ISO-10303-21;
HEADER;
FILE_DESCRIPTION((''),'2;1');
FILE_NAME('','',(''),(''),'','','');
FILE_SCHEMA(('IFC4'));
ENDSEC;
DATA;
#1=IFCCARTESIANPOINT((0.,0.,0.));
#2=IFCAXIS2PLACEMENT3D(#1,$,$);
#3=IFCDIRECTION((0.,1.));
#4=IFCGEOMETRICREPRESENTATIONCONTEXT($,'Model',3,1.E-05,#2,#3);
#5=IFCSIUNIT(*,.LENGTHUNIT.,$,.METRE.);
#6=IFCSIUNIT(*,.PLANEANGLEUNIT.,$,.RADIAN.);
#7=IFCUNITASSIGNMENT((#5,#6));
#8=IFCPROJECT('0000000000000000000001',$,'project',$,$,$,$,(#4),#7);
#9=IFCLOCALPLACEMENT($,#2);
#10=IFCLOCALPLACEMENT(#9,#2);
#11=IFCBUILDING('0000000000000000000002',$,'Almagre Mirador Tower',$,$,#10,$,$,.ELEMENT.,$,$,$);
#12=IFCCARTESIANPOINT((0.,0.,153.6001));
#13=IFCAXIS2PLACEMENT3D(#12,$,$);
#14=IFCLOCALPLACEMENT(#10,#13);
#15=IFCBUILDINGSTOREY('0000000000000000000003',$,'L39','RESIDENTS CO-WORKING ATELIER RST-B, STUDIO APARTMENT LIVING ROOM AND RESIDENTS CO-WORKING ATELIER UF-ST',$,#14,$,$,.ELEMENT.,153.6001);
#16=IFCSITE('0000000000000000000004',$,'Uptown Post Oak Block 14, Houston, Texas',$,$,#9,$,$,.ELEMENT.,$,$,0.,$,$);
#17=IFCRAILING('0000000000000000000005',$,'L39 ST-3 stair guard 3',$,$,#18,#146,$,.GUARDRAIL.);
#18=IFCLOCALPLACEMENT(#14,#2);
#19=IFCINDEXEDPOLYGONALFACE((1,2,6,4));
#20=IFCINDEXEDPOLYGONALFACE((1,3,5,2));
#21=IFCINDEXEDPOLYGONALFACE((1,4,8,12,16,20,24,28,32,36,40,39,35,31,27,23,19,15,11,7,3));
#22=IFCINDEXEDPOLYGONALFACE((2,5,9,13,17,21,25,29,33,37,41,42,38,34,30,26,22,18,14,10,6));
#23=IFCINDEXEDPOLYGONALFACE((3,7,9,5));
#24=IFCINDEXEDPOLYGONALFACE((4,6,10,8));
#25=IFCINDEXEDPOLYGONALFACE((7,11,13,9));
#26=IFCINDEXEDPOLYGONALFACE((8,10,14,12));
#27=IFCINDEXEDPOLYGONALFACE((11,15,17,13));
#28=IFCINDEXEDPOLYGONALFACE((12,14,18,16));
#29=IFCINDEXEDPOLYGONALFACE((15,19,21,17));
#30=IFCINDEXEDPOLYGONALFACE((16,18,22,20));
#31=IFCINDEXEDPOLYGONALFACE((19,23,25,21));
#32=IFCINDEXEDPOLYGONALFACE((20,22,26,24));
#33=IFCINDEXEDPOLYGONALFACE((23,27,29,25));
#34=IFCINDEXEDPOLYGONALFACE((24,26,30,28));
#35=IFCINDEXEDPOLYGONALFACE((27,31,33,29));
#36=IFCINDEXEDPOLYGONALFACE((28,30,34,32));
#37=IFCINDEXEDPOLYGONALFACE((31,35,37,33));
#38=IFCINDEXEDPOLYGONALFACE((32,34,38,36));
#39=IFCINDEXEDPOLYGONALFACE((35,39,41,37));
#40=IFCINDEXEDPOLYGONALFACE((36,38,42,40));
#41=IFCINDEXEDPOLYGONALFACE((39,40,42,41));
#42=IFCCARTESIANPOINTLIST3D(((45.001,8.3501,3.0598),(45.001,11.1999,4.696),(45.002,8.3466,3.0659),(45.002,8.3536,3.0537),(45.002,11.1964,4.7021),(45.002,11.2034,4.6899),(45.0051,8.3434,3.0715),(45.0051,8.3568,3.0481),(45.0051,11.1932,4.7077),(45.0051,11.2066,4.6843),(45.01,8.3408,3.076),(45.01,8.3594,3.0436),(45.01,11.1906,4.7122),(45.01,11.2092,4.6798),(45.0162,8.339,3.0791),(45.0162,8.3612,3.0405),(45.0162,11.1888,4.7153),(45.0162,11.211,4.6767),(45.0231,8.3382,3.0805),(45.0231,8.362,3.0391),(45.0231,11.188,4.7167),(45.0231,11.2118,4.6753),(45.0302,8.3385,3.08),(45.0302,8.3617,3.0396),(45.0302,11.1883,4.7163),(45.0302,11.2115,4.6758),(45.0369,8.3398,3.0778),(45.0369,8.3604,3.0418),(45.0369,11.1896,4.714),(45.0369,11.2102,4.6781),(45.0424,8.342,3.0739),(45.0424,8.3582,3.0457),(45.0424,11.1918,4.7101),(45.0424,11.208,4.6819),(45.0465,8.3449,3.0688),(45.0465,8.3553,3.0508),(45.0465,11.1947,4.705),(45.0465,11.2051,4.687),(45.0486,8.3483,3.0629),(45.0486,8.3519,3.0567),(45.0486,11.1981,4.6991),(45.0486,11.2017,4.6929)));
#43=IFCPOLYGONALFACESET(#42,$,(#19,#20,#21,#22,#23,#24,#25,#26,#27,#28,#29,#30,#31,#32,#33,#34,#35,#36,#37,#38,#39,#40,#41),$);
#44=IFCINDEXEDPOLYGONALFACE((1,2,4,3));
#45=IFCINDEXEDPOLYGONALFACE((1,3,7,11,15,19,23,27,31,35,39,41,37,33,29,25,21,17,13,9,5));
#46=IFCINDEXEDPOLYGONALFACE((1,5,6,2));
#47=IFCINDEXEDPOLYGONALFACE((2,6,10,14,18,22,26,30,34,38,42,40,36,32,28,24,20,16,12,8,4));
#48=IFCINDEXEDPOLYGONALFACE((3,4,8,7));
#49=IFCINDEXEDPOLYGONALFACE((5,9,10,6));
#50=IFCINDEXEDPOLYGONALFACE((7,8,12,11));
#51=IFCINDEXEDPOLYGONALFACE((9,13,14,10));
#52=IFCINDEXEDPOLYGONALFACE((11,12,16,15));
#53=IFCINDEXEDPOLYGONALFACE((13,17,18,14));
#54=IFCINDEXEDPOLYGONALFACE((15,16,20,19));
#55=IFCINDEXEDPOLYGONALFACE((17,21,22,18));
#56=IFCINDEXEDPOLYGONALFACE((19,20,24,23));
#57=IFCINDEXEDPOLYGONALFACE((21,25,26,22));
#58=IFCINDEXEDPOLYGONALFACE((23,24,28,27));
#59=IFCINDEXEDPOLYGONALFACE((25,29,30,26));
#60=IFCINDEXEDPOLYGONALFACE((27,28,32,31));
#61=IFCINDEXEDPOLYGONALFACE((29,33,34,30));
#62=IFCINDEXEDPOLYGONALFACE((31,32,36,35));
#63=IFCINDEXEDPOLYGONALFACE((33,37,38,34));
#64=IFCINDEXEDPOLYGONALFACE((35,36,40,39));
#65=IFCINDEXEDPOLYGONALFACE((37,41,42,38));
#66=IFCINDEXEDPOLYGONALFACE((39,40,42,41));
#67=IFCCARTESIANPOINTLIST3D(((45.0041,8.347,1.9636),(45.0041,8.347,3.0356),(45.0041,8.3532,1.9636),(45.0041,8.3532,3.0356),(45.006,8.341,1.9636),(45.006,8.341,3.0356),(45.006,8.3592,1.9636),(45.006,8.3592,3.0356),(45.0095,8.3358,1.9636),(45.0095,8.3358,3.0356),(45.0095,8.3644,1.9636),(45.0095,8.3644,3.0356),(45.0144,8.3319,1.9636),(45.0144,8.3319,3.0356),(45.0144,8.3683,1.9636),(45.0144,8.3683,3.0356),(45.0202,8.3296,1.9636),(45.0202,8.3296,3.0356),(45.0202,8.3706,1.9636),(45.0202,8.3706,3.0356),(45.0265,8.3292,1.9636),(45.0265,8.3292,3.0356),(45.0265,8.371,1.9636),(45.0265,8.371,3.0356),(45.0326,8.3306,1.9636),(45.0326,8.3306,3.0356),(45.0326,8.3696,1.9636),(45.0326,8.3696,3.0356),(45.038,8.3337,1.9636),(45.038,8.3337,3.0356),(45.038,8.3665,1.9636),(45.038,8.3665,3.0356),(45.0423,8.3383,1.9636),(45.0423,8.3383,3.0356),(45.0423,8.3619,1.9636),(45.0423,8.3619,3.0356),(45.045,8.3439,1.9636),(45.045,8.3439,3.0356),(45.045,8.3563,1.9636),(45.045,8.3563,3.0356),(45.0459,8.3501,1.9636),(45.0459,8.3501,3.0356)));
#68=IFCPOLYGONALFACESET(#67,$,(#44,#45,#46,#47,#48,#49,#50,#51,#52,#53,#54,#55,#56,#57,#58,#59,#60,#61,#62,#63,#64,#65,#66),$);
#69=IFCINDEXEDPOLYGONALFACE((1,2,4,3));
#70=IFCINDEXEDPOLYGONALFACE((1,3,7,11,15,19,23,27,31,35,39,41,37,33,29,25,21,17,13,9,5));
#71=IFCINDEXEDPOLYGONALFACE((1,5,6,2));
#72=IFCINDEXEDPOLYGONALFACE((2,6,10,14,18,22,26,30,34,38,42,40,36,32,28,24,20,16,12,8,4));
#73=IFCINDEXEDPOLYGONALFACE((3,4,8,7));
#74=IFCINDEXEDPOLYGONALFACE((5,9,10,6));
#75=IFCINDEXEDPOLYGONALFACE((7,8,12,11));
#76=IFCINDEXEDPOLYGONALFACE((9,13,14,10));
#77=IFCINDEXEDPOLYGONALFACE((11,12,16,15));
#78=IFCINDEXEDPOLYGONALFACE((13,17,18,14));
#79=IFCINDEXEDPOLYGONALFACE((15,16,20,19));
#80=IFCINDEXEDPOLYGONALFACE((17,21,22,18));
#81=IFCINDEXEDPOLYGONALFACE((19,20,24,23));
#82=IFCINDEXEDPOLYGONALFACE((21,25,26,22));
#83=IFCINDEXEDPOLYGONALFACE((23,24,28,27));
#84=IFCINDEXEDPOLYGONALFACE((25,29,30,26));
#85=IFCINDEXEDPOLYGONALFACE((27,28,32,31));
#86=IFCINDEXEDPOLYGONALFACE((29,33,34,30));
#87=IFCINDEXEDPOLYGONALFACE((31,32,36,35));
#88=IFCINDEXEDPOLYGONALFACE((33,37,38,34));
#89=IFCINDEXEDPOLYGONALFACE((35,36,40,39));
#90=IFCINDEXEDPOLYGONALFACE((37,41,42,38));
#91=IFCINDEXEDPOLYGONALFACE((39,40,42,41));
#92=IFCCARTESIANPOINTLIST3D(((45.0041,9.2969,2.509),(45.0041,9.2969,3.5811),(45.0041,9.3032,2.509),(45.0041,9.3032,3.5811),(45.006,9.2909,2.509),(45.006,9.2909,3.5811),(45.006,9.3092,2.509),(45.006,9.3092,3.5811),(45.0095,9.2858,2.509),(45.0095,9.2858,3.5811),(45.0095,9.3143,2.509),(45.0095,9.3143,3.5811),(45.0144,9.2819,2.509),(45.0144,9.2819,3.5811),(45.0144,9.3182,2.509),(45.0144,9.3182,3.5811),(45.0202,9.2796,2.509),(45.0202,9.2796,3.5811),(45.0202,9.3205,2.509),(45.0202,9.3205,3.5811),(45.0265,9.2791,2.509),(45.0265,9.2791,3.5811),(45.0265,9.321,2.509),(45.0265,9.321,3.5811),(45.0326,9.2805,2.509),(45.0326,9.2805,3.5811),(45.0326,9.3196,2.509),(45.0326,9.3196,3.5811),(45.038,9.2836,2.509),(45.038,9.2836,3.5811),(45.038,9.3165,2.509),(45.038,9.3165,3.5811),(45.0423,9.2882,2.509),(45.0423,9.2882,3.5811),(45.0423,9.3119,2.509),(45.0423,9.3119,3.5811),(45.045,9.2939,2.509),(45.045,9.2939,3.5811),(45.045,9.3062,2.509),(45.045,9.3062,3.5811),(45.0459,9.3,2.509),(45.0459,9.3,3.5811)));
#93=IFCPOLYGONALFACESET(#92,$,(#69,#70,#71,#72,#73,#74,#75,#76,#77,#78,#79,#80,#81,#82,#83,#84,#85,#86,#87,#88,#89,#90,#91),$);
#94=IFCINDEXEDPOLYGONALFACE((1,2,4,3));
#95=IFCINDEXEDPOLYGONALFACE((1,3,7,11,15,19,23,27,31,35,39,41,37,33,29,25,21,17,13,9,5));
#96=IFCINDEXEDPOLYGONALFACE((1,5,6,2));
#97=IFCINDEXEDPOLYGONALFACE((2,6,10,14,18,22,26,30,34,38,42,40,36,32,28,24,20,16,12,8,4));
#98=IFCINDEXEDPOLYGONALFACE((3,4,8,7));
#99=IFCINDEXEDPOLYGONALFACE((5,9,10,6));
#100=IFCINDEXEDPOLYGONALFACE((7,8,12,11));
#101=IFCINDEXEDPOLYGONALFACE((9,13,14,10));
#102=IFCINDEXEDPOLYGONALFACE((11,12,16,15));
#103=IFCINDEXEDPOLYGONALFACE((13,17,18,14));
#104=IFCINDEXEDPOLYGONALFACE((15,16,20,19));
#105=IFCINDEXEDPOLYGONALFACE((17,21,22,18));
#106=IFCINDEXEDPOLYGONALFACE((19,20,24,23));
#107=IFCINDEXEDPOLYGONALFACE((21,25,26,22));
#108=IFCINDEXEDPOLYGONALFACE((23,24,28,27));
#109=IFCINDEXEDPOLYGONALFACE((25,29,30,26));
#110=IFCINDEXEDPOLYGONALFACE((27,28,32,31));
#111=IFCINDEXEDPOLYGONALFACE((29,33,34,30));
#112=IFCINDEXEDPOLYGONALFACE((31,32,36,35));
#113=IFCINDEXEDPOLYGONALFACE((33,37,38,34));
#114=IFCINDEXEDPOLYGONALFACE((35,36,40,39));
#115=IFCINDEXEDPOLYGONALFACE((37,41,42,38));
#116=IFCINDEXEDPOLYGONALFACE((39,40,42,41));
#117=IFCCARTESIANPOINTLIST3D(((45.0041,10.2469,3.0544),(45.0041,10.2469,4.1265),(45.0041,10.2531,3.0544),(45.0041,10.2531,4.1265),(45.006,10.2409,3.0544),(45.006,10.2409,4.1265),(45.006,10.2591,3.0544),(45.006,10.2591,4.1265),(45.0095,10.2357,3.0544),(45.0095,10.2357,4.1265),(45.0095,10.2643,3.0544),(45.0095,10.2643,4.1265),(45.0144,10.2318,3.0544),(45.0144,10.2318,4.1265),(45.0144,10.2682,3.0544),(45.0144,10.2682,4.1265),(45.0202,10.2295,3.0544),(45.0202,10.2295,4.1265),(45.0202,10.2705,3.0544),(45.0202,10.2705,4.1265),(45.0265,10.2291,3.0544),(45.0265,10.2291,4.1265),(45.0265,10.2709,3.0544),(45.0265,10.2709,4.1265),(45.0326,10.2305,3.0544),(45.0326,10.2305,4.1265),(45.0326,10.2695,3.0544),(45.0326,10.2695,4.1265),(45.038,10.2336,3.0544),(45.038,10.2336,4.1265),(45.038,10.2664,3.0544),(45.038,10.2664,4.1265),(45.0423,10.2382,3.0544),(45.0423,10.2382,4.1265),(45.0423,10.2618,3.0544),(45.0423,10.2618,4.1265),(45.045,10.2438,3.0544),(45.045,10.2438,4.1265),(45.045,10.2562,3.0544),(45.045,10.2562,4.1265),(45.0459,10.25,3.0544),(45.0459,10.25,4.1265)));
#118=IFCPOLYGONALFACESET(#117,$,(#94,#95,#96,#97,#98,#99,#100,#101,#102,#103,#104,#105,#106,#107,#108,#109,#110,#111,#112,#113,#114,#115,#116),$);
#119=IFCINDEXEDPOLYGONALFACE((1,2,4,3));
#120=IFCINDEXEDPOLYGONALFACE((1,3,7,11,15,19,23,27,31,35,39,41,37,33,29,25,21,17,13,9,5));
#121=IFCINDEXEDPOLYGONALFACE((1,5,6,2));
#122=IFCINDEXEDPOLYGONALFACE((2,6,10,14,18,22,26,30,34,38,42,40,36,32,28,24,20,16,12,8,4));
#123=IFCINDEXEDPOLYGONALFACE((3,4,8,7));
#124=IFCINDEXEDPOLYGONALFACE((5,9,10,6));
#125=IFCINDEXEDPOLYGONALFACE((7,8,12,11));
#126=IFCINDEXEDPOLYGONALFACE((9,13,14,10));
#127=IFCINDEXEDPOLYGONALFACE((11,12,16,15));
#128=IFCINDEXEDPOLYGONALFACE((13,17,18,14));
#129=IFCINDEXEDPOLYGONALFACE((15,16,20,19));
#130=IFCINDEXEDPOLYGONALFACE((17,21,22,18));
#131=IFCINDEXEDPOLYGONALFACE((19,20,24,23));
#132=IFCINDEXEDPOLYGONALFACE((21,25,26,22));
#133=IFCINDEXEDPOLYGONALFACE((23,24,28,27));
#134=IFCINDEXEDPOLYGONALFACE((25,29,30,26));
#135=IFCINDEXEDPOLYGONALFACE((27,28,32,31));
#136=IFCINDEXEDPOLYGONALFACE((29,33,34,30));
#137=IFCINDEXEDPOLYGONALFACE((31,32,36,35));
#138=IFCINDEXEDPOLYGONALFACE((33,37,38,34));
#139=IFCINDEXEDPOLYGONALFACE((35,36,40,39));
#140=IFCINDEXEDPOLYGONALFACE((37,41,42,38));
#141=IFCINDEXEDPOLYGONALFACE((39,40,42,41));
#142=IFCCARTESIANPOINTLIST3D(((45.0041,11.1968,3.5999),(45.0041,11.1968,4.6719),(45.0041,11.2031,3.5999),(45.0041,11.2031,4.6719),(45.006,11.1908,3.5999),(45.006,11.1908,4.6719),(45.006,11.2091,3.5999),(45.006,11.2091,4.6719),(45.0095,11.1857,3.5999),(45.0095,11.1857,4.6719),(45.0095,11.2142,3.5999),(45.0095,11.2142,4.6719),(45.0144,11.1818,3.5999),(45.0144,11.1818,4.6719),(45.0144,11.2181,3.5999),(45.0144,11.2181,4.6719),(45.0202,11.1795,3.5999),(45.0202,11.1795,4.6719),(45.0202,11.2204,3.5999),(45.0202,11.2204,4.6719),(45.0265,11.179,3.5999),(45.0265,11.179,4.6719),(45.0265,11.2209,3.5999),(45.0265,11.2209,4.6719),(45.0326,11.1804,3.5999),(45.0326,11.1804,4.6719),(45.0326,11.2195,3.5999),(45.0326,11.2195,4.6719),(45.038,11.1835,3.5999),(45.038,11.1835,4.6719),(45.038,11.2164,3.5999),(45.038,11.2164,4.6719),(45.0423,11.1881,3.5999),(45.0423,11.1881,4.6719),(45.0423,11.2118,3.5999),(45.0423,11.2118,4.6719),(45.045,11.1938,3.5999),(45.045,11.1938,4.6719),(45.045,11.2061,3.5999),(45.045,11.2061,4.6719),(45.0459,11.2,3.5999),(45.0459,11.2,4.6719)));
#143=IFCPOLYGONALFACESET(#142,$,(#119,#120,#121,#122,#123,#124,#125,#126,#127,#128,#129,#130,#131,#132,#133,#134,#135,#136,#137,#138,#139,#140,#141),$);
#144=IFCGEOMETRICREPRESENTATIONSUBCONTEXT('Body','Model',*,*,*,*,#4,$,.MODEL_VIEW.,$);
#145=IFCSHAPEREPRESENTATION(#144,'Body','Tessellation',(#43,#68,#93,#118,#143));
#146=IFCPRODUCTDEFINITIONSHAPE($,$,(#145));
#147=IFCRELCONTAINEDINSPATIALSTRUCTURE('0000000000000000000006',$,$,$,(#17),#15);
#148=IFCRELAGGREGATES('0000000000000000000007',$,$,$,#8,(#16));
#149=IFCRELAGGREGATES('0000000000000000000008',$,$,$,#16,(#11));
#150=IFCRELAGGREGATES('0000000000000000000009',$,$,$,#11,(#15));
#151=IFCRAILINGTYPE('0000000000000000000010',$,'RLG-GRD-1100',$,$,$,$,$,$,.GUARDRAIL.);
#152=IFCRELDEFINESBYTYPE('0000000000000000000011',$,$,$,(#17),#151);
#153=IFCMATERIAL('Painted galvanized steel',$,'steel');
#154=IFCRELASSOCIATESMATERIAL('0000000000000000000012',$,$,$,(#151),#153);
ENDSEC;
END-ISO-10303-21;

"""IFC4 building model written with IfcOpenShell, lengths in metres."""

from ifc_helpers import new_model, si_unit, direction, frame, origin, origin_2d, place, context, subcontext, project, spatial, circle, extrude, material, type_object, element, save


model = new_model("IFC4")

# Units and contexts
model_context = context("Model", 3, precision=1e-05, world=origin(), true_north=direction((0.0, 1.0)))
body_context = subcontext(model_context, "Body", "Model", "MODEL_VIEW")
ifc_project = project(units=[si_unit("LENGTHUNIT", "METRE"), si_unit("PLANEANGLEUNIT", "RADIAN")], contexts=[model_context])

# Site, building, storey
site_placement = place(None, origin())
site = spatial("IfcSite", under=ifc_project, at=site_placement, Name="Uptown Post Oak Block 14, Houston, Texas", CompositionType="ELEMENT", RefElevation=0.0)
building_placement = place(site_placement, origin())
building = spatial("IfcBuilding", under=site, at=building_placement, Name="Almagre Mirador Tower", CompositionType="ELEMENT")
storey_placement = place(building_placement, frame((0.0, 0.0, 153.6001)))
storey = spatial("IfcBuildingStorey", under=building, at=storey_placement, Name="L39", Description="RESIDENTS CO-WORKING ATELIER RST-B, STUDIO APARTMENT LIVING ROOM AND RESIDENTS CO-WORKING ATELIER UF-ST", CompositionType="ELEMENT", Elevation=153.6001)

# Railing
ifc_material_1 = material(Name="Painted galvanized steel", Category="steel")
railing_type_1 = type_object("IfcRailingType", Name="RLG-GRD-1100", PredefinedType="GUARDRAIL", material=ifc_material_1)
railing_1_placement = place(storey_placement, frame((45.0249, 8.3501, 1.9636)))
element("IfcRailing", 1, at=railing_1_placement, inside=storey, type_object=railing_type_1, Name="L39 ST-3 stair guard 3", PredefinedType="GUARDRAIL", context=body_context, shape_type="SweptSolid", body=[
    extrude(circle(Radius=0.0239, at=origin_2d()), frame((0.0, 0.0, 1.0962), z_axis=(0.0, 0.867226, 0.497914), x_axis=(-1.0, 0.0, 0.0)), (0.0, 0.0, 1.0), 3.2861),
    extrude(circle(Radius=0.021, at=origin_2d()), origin(), (0.0, 0.0, 1.0), 1.072),
    extrude(circle(Radius=0.021, at=origin_2d()), frame((0.0, 0.95, 0.5454)), (0.0, 0.0, 1.0), 1.072),
    extrude(circle(Radius=0.021, at=origin_2d()), frame((0.0, 1.8999, 1.0908)), (0.0, 0.0, 1.0), 1.072),
    extrude(circle(Radius=0.021, at=origin_2d()), frame((0.0, 2.8499, 1.6362)), (0.0, 0.0, 1.0), 1.072),
])

save(model, "model.ifc")
